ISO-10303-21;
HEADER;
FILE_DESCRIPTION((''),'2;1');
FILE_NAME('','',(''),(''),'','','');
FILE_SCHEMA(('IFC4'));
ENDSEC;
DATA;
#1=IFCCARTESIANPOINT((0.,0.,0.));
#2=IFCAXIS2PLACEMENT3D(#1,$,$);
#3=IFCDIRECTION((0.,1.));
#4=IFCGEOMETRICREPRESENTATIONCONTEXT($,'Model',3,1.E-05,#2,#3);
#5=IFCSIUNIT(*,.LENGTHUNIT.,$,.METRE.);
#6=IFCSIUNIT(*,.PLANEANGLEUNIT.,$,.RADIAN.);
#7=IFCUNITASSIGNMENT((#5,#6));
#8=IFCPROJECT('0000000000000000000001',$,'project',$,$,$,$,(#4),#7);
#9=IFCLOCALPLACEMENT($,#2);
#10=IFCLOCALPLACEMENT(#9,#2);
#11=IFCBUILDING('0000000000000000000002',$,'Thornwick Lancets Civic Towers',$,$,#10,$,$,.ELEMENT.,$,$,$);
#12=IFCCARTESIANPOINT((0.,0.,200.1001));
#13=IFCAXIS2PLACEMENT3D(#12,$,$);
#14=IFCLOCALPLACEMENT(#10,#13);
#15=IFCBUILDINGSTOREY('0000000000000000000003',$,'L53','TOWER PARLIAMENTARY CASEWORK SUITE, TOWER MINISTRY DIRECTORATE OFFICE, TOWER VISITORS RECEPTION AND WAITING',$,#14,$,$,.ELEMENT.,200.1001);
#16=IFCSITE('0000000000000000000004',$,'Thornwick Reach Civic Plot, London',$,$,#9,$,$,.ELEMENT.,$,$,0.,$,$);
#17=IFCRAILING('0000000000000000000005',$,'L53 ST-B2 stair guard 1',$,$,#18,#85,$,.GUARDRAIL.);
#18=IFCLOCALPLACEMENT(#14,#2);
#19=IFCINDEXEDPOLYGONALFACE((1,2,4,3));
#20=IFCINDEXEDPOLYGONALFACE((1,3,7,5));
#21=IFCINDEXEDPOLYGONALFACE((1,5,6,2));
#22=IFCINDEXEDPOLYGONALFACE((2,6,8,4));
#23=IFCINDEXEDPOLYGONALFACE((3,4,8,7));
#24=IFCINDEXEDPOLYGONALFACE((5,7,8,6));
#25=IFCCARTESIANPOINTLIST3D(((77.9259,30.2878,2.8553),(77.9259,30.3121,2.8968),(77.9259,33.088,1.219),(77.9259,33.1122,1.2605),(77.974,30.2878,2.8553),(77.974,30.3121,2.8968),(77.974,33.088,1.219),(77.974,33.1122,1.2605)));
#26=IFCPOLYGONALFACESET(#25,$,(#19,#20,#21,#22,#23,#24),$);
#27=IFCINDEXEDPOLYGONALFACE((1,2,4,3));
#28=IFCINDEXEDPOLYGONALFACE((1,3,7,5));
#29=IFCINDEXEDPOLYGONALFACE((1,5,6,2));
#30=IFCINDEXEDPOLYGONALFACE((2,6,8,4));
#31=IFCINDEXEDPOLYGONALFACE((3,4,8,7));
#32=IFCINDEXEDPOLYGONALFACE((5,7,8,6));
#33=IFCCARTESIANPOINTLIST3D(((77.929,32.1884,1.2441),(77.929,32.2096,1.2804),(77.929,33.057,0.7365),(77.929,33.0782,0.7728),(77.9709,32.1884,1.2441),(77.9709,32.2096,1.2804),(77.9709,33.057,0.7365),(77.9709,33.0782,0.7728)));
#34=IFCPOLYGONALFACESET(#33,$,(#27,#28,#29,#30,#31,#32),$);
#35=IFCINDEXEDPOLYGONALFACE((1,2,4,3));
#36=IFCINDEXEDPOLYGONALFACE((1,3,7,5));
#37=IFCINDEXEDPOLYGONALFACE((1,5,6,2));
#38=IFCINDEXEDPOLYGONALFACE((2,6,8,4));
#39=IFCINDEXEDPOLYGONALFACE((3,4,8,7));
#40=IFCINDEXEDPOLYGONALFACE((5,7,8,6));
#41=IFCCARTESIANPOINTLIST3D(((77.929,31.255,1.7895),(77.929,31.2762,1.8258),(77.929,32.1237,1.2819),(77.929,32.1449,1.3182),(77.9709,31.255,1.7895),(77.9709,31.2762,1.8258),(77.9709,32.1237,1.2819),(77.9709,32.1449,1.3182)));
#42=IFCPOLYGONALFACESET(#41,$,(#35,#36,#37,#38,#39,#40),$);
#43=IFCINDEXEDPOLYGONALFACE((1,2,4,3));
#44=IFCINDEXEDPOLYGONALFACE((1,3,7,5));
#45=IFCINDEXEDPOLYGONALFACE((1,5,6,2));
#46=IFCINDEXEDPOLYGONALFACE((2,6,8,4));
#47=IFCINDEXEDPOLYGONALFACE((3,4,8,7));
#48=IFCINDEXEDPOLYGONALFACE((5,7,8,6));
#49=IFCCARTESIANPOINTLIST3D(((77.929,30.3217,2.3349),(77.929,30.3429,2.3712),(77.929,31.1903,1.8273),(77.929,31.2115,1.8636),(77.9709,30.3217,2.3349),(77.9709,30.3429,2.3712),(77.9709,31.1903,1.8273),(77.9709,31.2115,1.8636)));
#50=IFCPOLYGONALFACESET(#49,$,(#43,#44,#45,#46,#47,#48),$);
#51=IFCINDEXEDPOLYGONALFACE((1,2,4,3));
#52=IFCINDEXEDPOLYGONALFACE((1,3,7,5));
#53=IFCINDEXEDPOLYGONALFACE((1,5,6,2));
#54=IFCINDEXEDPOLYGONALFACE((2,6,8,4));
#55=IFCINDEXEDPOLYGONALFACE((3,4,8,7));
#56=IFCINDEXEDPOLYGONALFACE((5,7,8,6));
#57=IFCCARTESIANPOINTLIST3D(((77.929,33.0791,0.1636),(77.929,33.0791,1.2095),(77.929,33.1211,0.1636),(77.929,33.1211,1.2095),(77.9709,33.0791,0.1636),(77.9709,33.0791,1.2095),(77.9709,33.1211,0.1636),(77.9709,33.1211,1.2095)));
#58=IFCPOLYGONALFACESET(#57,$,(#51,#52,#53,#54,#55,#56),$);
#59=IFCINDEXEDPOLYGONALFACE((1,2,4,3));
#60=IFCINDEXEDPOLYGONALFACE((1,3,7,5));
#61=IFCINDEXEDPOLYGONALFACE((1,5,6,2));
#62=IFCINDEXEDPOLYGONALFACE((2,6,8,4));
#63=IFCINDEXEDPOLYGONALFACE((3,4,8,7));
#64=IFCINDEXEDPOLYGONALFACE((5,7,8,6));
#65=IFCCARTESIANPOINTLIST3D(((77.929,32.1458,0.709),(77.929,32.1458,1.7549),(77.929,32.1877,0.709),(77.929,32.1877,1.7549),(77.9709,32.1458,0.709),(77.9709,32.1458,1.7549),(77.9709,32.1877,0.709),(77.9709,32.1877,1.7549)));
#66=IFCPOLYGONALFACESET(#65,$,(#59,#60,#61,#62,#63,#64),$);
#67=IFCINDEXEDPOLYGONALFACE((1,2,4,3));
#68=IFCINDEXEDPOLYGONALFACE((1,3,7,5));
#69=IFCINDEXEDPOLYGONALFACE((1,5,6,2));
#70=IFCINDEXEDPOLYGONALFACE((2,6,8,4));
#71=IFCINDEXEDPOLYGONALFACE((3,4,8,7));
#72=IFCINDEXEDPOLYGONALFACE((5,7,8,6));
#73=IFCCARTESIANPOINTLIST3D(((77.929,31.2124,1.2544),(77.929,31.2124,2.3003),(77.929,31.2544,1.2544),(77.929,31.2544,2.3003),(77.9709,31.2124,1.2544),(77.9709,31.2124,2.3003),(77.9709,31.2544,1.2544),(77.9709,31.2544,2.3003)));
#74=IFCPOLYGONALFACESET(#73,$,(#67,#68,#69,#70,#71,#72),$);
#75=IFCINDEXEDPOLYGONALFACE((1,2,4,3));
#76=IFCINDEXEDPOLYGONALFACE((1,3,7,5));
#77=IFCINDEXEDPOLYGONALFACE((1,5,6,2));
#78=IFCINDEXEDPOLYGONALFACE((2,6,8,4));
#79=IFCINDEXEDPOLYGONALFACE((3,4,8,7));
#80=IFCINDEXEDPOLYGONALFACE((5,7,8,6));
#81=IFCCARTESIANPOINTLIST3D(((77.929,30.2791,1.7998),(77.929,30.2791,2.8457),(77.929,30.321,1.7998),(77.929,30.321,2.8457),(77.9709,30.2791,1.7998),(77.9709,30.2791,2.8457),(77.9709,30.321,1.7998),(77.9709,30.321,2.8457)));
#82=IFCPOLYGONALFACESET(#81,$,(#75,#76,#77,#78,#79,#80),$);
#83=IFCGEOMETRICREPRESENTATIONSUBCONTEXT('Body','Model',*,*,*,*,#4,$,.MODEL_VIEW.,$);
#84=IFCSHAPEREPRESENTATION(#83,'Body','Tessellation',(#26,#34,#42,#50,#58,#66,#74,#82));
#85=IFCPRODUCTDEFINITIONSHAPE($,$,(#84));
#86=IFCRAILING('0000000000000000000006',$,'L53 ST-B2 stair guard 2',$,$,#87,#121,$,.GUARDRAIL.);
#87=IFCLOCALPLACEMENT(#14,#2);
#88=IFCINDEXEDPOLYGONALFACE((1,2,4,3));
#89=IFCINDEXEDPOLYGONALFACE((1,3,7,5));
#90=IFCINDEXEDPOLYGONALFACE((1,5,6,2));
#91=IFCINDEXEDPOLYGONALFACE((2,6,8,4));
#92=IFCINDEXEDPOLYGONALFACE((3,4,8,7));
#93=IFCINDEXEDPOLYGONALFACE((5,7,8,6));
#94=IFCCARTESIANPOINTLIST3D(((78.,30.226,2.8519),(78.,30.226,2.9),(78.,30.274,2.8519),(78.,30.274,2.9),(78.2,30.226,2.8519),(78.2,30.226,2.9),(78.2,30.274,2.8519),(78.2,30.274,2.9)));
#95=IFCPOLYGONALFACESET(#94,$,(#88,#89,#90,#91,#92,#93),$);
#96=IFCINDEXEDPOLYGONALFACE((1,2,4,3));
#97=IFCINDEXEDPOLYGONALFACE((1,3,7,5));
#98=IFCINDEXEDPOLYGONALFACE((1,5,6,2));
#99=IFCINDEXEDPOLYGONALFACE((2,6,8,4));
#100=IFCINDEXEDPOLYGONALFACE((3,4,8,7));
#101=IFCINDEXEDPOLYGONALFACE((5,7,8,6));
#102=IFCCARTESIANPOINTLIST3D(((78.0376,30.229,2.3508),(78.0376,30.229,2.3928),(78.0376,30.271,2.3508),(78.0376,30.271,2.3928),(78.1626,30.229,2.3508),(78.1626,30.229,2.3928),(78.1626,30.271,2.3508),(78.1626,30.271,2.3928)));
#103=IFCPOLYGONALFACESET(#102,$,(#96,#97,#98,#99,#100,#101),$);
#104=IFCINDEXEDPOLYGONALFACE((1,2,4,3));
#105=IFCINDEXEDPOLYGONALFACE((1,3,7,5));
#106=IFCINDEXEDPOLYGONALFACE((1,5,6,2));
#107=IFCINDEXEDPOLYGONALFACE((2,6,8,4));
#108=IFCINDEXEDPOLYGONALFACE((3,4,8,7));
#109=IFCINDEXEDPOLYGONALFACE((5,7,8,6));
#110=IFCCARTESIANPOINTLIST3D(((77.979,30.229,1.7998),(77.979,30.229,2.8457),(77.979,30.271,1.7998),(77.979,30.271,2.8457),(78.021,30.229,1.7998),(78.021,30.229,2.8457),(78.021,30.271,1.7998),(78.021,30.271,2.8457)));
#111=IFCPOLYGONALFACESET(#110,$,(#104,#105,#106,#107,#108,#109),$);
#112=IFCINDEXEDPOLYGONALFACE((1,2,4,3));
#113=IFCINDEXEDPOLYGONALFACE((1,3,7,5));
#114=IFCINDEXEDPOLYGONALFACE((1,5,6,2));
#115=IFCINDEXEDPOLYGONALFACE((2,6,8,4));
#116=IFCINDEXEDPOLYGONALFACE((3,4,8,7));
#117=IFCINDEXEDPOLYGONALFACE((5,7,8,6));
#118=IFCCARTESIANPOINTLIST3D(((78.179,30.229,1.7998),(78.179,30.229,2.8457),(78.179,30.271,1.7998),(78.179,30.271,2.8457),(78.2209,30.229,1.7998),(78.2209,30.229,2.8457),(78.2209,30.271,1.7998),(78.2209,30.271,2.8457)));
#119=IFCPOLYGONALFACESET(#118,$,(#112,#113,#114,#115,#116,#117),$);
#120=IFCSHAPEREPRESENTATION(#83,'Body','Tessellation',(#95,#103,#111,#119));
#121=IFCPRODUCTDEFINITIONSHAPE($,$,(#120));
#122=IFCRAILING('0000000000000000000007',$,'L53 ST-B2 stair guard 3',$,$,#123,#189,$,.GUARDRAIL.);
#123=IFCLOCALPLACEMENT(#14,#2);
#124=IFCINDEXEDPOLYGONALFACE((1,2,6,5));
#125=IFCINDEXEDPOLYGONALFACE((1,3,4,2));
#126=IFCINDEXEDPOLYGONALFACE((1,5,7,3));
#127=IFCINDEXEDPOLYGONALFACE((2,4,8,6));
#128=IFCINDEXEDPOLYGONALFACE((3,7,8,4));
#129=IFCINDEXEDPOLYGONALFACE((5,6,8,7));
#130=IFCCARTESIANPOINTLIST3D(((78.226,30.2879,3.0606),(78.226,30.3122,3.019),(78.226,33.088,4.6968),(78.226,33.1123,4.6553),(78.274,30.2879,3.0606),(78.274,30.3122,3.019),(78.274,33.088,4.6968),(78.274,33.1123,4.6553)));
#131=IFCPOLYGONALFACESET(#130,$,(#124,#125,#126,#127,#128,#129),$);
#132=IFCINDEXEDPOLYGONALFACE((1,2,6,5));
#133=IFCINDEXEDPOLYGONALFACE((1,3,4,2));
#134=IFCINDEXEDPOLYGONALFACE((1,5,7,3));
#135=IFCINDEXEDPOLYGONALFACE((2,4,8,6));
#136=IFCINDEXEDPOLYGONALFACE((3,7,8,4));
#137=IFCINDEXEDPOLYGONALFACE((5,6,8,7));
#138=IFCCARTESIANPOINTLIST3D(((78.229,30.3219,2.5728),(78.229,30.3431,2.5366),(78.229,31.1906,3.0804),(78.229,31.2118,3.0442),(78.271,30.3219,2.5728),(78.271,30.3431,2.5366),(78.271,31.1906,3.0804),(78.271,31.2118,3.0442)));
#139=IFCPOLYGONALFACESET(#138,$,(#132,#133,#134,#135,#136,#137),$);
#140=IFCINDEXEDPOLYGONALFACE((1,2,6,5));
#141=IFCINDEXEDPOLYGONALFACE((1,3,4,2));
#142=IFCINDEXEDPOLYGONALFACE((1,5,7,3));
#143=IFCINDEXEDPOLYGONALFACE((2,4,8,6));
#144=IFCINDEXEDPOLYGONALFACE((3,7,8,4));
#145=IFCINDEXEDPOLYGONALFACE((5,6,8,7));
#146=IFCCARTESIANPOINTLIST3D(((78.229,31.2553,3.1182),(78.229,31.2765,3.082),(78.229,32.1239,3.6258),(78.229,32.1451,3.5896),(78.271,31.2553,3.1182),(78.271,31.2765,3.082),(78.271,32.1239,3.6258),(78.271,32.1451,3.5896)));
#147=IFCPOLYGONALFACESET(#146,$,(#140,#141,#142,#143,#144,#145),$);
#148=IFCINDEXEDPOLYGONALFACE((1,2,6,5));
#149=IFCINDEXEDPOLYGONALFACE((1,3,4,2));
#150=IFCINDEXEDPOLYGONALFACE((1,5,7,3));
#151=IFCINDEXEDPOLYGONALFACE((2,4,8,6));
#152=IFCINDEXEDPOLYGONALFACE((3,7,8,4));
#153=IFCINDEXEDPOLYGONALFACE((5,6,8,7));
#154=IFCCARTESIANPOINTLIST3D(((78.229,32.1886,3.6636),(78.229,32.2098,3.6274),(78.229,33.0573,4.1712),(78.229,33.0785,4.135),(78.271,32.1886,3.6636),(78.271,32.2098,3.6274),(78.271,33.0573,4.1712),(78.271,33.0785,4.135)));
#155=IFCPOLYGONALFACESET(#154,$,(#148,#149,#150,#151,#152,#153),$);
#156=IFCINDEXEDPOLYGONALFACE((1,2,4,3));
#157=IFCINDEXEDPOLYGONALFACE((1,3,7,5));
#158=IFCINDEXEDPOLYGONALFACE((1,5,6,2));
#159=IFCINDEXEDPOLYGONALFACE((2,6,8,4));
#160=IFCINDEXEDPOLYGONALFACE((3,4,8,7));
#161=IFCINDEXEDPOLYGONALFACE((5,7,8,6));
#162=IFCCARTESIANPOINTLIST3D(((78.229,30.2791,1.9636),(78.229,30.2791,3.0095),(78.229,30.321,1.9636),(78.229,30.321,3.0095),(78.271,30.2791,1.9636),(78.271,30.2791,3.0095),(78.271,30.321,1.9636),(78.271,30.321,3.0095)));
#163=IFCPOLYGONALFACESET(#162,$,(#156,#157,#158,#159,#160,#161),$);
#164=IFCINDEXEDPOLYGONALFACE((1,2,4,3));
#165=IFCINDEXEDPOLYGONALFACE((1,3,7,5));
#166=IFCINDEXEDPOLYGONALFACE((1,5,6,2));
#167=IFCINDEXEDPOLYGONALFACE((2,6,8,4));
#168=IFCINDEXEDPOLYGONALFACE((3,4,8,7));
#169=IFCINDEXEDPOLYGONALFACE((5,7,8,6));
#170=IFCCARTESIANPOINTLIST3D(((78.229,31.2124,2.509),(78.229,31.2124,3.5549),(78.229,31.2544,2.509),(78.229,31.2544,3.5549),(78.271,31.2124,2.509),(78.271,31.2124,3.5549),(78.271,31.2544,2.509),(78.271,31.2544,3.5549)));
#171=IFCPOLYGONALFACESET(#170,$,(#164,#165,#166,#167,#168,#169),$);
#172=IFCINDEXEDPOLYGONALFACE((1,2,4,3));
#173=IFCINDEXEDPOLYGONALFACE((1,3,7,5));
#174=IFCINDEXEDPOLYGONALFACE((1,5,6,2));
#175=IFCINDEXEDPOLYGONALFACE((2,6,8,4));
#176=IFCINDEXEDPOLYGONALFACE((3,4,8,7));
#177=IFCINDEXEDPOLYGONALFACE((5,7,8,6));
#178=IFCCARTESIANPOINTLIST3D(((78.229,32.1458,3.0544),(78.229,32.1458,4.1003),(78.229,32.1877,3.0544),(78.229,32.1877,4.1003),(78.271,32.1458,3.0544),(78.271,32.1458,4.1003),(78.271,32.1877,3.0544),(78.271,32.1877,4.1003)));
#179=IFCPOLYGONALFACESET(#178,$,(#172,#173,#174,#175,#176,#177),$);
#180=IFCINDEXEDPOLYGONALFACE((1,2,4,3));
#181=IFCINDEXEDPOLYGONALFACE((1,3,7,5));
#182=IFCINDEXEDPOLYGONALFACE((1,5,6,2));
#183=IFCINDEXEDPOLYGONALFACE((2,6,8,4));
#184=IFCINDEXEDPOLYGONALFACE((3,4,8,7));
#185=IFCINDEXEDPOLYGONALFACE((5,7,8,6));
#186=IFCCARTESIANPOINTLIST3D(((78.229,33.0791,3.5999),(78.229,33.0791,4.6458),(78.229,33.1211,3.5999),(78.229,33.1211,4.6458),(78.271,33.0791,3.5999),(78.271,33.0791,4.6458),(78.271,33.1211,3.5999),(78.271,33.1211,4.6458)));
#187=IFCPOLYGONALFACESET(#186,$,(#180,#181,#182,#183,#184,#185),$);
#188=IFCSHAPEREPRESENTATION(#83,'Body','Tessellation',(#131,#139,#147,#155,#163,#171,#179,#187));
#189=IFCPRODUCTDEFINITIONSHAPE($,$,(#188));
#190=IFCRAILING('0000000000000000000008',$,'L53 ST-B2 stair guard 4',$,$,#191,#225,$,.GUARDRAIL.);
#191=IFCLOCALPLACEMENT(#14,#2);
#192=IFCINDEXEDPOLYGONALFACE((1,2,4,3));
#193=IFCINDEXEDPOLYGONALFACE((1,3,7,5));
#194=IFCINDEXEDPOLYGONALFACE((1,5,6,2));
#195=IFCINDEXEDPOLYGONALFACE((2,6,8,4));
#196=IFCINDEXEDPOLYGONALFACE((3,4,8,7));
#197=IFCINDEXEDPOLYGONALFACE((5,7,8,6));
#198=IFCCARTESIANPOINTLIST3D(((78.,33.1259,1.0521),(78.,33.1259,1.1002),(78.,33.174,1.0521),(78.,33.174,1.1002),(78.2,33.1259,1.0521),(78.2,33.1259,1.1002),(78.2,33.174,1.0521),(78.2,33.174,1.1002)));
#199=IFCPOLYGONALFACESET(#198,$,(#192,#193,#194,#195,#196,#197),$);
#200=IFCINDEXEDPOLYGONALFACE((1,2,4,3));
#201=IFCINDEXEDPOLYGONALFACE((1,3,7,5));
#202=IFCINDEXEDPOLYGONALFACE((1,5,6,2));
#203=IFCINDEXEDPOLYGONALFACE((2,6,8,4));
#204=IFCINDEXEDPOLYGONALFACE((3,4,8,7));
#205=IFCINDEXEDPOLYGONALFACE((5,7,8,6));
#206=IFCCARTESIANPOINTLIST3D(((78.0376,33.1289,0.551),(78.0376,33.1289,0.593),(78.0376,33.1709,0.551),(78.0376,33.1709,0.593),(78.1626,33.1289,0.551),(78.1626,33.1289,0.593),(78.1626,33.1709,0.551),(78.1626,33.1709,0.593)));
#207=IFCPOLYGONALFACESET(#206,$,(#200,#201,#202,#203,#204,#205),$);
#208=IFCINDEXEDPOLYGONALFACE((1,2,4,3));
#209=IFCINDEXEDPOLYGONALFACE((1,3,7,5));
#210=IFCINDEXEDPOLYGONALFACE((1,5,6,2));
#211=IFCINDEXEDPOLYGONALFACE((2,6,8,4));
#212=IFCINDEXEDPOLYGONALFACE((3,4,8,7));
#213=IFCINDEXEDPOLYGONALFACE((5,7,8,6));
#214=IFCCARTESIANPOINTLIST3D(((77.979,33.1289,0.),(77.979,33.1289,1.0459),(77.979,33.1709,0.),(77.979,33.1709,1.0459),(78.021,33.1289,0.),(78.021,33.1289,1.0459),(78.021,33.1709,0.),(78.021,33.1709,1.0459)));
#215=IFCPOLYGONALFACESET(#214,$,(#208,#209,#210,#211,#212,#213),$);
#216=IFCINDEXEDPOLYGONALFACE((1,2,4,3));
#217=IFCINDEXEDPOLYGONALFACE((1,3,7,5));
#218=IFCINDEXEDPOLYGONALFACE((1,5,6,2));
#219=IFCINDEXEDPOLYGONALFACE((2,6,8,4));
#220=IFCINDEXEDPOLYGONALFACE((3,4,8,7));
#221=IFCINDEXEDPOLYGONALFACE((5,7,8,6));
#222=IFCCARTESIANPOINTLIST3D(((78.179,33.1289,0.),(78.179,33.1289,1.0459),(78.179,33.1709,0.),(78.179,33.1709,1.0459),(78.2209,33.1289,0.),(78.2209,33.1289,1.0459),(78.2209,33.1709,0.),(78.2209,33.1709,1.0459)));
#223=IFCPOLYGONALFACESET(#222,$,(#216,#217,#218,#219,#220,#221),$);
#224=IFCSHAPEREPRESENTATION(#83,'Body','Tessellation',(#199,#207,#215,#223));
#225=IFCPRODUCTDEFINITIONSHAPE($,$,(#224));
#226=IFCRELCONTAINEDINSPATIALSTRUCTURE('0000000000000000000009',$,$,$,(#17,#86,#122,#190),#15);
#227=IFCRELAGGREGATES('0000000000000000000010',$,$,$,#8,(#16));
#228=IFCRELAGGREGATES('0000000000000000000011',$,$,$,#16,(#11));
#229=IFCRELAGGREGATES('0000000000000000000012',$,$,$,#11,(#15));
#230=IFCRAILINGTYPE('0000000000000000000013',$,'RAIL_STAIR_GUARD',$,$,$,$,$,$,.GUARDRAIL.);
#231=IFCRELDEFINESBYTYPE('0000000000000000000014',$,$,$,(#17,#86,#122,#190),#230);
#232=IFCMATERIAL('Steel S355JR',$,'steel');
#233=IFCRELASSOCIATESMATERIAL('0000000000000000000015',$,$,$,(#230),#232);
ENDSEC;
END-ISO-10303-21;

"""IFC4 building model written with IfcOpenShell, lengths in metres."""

from ifc_helpers import new_model, si_unit, direction, frame, origin, origin_2d, place, context, subcontext, project, spatial, rectangle, extrude, material, type_object, element, save


model = new_model("IFC4")

# Units and contexts
model_context = context("Model", 3, precision=1e-05, world=origin(), true_north=direction((0.0, 1.0)))
body_context = subcontext(model_context, "Body", "Model", "MODEL_VIEW")
ifc_project = project(units=[si_unit("LENGTHUNIT", "METRE"), si_unit("PLANEANGLEUNIT", "RADIAN")], contexts=[model_context])

# Site, building, storey
site_placement = place(None, origin())
site = spatial("IfcSite", under=ifc_project, at=site_placement, Name="Thornwick Reach Civic Plot, London", CompositionType="ELEMENT", RefElevation=0.0)
building_placement = place(site_placement, origin())
building = spatial("IfcBuilding", under=site, at=building_placement, Name="Thornwick Lancets Civic Towers", CompositionType="ELEMENT")
storey_placement = place(building_placement, frame((0.0, 0.0, 200.1001)))
storey = spatial("IfcBuildingStorey", under=building, at=storey_placement, Name="L53", Description="TOWER PARLIAMENTARY CASEWORK SUITE, TOWER MINISTRY DIRECTORATE OFFICE, TOWER VISITORS RECEPTION AND WAITING", CompositionType="ELEMENT", Elevation=200.1001)

# Railings
ifc_material_1 = material(Name="Steel S355JR", Category="steel")
railing_type_1 = type_object("IfcRailingType", Name="RAIL_STAIR_GUARD", PredefinedType="GUARDRAIL", material=ifc_material_1)
railing_1_placement = place(storey_placement, frame((77.95, 33.1001, 0.1636)))
element("IfcRailing", 1, at=railing_1_placement, inside=storey, type_object=railing_type_1, Name="L53 ST-B2 stair guard 1", PredefinedType="GUARDRAIL", context=body_context, shape_type="SweptSolid", body=[
    extrude(rectangle(XDim=0.0481, YDim=0.0481, at=origin_2d()), frame((0.0, 0.0, 1.0762), z_axis=(0.0, -0.863394, 0.504531), x_axis=(1.0, 0.0, 0.0)), (0.0, 0.0, 1.0), 3.2432),
    extrude(rectangle(XDim=0.042, YDim=0.042, at=origin_2d()), frame((0.0, -0.0325, 0.5911), z_axis=(0.0, -0.863394, 0.504531), x_axis=(1.0, 0.0, 0.0)), (0.0, 0.0, 1.0), 1.0061),
    extrude(rectangle(XDim=0.042, YDim=0.042, at=origin_2d()), frame((0.0, -0.9658, 1.1365), z_axis=(0.0, -0.863394, 0.504531), x_axis=(1.0, 0.0, 0.0)), (0.0, 0.0, 1.0), 1.0061),
    extrude(rectangle(XDim=0.042, YDim=0.042, at=origin_2d()), frame((0.0, -1.8992, 1.6819), z_axis=(0.0, -0.863394, 0.504531), x_axis=(1.0, 0.0, 0.0)), (0.0, 0.0, 1.0), 1.0061),
    extrude(rectangle(XDim=0.042, YDim=0.042, at=origin_2d()), origin(), (0.0, 0.0, 1.0), 1.0459),
    extrude(rectangle(XDim=0.042, YDim=0.042, at=origin_2d()), frame((0.0, -0.9333, 0.5454)), (0.0, 0.0, 1.0), 1.0459),
    extrude(rectangle(XDim=0.042, YDim=0.042, at=origin_2d()), frame((0.0, -1.8667, 1.0908)), (0.0, 0.0, 1.0), 1.0459),
    extrude(rectangle(XDim=0.042, YDim=0.042, at=origin_2d()), frame((0.0, -2.8, 1.6362)), (0.0, 0.0, 1.0), 1.0459),
])
railing_2_placement = place(storey_placement, frame((78.0, 30.25, 1.7998)))
element("IfcRailing", 2, at=railing_2_placement, inside=storey, type_object=railing_type_1, Name="L53 ST-B2 stair guard 2", PredefinedType="GUARDRAIL", context=body_context, shape_type="SweptSolid", body=[
    extrude(rectangle(XDim=0.0481, YDim=0.0481, at=origin_2d()), frame((0.0, 0.0, 1.0762), z_axis=(1.0, 0.0, 0.0), x_axis=(0.0, 1.0, 0.0)), (0.0, 0.0, 1.0), 0.2),
    extrude(rectangle(XDim=0.042, YDim=0.042, at=origin_2d()), frame((0.0376, 0.0, 0.572), z_axis=(1.0, 0.0, 0.0), x_axis=(0.0, 1.0, 0.0)), (0.0, 0.0, 1.0), 0.125),
    extrude(rectangle(XDim=0.042, YDim=0.042, at=origin_2d()), origin(), (0.0, 0.0, 1.0), 1.0459),
    extrude(rectangle(XDim=0.042, YDim=0.042, at=origin_2d()), frame((0.2, 0.0, 0.0)), (0.0, 0.0, 1.0), 1.0459),
])
railing_3_placement = place(storey_placement, frame((78.25, 30.3, 1.9636)))
element("IfcRailing", 3, at=railing_3_placement, inside=storey, type_object=railing_type_1, Name="L53 ST-B2 stair guard 3", PredefinedType="GUARDRAIL", context=body_context, shape_type="SweptSolid", body=[
    extrude(rectangle(XDim=0.0481, YDim=0.0481, at=origin_2d()), frame((0.0, 0.0, 1.0762), z_axis=(0.0, 0.863394, 0.504531), x_axis=(-1.0, 0.0, 0.0)), (0.0, 0.0, 1.0), 3.2432),
    extrude(rectangle(XDim=0.042, YDim=0.042, at=origin_2d()), frame((0.0, 0.0325, 0.5911), z_axis=(0.0, 0.863394, 0.504531), x_axis=(-1.0, 0.0, 0.0)), (0.0, 0.0, 1.0), 1.0061),
    extrude(rectangle(XDim=0.042, YDim=0.042, at=origin_2d()), frame((0.0, 0.9658, 1.1365), z_axis=(0.0, 0.863394, 0.504531), x_axis=(-1.0, 0.0, 0.0)), (0.0, 0.0, 1.0), 1.0061),
    extrude(rectangle(XDim=0.042, YDim=0.042, at=origin_2d()), frame((0.0, 1.8992, 1.6819), z_axis=(0.0, 0.863394, 0.504531), x_axis=(-1.0, 0.0, 0.0)), (0.0, 0.0, 1.0), 1.0061),
    extrude(rectangle(XDim=0.042, YDim=0.042, at=origin_2d()), origin(), (0.0, 0.0, 1.0), 1.0459),
    extrude(rectangle(XDim=0.042, YDim=0.042, at=origin_2d()), frame((0.0, 0.9333, 0.5454)), (0.0, 0.0, 1.0), 1.0459),
    extrude(rectangle(XDim=0.042, YDim=0.042, at=origin_2d()), frame((0.0, 1.8667, 1.0908)), (0.0, 0.0, 1.0), 1.0459),
    extrude(rectangle(XDim=0.042, YDim=0.042, at=origin_2d()), frame((0.0, 2.8, 1.6362)), (0.0, 0.0, 1.0), 1.0459),
])
railing_4_placement = place(storey_placement, frame((78.0, 33.1499, 0.0)))
element("IfcRailing", 4, at=railing_4_placement, inside=storey, type_object=railing_type_1, Name="L53 ST-B2 stair guard 4", PredefinedType="GUARDRAIL", context=body_context, shape_type="SweptSolid", body=[
    extrude(rectangle(XDim=0.0481, YDim=0.0481, at=origin_2d()), frame((0.0, 0.0, 1.0762), z_axis=(1.0, 0.0, 0.0), x_axis=(0.0, 1.0, 0.0)), (0.0, 0.0, 1.0), 0.2),
    extrude(rectangle(XDim=0.042, YDim=0.042, at=origin_2d()), frame((0.0376, 0.0, 0.572), z_axis=(1.0, 0.0, 0.0), x_axis=(0.0, 1.0, 0.0)), (0.0, 0.0, 1.0), 0.125),
    extrude(rectangle(XDim=0.042, YDim=0.042, at=origin_2d()), origin(), (0.0, 0.0, 1.0), 1.0459),
    extrude(rectangle(XDim=0.042, YDim=0.042, at=origin_2d()), frame((0.2, 0.0, 0.0)), (0.0, 0.0, 1.0), 1.0459),
])

save(model, "model.ifc")
